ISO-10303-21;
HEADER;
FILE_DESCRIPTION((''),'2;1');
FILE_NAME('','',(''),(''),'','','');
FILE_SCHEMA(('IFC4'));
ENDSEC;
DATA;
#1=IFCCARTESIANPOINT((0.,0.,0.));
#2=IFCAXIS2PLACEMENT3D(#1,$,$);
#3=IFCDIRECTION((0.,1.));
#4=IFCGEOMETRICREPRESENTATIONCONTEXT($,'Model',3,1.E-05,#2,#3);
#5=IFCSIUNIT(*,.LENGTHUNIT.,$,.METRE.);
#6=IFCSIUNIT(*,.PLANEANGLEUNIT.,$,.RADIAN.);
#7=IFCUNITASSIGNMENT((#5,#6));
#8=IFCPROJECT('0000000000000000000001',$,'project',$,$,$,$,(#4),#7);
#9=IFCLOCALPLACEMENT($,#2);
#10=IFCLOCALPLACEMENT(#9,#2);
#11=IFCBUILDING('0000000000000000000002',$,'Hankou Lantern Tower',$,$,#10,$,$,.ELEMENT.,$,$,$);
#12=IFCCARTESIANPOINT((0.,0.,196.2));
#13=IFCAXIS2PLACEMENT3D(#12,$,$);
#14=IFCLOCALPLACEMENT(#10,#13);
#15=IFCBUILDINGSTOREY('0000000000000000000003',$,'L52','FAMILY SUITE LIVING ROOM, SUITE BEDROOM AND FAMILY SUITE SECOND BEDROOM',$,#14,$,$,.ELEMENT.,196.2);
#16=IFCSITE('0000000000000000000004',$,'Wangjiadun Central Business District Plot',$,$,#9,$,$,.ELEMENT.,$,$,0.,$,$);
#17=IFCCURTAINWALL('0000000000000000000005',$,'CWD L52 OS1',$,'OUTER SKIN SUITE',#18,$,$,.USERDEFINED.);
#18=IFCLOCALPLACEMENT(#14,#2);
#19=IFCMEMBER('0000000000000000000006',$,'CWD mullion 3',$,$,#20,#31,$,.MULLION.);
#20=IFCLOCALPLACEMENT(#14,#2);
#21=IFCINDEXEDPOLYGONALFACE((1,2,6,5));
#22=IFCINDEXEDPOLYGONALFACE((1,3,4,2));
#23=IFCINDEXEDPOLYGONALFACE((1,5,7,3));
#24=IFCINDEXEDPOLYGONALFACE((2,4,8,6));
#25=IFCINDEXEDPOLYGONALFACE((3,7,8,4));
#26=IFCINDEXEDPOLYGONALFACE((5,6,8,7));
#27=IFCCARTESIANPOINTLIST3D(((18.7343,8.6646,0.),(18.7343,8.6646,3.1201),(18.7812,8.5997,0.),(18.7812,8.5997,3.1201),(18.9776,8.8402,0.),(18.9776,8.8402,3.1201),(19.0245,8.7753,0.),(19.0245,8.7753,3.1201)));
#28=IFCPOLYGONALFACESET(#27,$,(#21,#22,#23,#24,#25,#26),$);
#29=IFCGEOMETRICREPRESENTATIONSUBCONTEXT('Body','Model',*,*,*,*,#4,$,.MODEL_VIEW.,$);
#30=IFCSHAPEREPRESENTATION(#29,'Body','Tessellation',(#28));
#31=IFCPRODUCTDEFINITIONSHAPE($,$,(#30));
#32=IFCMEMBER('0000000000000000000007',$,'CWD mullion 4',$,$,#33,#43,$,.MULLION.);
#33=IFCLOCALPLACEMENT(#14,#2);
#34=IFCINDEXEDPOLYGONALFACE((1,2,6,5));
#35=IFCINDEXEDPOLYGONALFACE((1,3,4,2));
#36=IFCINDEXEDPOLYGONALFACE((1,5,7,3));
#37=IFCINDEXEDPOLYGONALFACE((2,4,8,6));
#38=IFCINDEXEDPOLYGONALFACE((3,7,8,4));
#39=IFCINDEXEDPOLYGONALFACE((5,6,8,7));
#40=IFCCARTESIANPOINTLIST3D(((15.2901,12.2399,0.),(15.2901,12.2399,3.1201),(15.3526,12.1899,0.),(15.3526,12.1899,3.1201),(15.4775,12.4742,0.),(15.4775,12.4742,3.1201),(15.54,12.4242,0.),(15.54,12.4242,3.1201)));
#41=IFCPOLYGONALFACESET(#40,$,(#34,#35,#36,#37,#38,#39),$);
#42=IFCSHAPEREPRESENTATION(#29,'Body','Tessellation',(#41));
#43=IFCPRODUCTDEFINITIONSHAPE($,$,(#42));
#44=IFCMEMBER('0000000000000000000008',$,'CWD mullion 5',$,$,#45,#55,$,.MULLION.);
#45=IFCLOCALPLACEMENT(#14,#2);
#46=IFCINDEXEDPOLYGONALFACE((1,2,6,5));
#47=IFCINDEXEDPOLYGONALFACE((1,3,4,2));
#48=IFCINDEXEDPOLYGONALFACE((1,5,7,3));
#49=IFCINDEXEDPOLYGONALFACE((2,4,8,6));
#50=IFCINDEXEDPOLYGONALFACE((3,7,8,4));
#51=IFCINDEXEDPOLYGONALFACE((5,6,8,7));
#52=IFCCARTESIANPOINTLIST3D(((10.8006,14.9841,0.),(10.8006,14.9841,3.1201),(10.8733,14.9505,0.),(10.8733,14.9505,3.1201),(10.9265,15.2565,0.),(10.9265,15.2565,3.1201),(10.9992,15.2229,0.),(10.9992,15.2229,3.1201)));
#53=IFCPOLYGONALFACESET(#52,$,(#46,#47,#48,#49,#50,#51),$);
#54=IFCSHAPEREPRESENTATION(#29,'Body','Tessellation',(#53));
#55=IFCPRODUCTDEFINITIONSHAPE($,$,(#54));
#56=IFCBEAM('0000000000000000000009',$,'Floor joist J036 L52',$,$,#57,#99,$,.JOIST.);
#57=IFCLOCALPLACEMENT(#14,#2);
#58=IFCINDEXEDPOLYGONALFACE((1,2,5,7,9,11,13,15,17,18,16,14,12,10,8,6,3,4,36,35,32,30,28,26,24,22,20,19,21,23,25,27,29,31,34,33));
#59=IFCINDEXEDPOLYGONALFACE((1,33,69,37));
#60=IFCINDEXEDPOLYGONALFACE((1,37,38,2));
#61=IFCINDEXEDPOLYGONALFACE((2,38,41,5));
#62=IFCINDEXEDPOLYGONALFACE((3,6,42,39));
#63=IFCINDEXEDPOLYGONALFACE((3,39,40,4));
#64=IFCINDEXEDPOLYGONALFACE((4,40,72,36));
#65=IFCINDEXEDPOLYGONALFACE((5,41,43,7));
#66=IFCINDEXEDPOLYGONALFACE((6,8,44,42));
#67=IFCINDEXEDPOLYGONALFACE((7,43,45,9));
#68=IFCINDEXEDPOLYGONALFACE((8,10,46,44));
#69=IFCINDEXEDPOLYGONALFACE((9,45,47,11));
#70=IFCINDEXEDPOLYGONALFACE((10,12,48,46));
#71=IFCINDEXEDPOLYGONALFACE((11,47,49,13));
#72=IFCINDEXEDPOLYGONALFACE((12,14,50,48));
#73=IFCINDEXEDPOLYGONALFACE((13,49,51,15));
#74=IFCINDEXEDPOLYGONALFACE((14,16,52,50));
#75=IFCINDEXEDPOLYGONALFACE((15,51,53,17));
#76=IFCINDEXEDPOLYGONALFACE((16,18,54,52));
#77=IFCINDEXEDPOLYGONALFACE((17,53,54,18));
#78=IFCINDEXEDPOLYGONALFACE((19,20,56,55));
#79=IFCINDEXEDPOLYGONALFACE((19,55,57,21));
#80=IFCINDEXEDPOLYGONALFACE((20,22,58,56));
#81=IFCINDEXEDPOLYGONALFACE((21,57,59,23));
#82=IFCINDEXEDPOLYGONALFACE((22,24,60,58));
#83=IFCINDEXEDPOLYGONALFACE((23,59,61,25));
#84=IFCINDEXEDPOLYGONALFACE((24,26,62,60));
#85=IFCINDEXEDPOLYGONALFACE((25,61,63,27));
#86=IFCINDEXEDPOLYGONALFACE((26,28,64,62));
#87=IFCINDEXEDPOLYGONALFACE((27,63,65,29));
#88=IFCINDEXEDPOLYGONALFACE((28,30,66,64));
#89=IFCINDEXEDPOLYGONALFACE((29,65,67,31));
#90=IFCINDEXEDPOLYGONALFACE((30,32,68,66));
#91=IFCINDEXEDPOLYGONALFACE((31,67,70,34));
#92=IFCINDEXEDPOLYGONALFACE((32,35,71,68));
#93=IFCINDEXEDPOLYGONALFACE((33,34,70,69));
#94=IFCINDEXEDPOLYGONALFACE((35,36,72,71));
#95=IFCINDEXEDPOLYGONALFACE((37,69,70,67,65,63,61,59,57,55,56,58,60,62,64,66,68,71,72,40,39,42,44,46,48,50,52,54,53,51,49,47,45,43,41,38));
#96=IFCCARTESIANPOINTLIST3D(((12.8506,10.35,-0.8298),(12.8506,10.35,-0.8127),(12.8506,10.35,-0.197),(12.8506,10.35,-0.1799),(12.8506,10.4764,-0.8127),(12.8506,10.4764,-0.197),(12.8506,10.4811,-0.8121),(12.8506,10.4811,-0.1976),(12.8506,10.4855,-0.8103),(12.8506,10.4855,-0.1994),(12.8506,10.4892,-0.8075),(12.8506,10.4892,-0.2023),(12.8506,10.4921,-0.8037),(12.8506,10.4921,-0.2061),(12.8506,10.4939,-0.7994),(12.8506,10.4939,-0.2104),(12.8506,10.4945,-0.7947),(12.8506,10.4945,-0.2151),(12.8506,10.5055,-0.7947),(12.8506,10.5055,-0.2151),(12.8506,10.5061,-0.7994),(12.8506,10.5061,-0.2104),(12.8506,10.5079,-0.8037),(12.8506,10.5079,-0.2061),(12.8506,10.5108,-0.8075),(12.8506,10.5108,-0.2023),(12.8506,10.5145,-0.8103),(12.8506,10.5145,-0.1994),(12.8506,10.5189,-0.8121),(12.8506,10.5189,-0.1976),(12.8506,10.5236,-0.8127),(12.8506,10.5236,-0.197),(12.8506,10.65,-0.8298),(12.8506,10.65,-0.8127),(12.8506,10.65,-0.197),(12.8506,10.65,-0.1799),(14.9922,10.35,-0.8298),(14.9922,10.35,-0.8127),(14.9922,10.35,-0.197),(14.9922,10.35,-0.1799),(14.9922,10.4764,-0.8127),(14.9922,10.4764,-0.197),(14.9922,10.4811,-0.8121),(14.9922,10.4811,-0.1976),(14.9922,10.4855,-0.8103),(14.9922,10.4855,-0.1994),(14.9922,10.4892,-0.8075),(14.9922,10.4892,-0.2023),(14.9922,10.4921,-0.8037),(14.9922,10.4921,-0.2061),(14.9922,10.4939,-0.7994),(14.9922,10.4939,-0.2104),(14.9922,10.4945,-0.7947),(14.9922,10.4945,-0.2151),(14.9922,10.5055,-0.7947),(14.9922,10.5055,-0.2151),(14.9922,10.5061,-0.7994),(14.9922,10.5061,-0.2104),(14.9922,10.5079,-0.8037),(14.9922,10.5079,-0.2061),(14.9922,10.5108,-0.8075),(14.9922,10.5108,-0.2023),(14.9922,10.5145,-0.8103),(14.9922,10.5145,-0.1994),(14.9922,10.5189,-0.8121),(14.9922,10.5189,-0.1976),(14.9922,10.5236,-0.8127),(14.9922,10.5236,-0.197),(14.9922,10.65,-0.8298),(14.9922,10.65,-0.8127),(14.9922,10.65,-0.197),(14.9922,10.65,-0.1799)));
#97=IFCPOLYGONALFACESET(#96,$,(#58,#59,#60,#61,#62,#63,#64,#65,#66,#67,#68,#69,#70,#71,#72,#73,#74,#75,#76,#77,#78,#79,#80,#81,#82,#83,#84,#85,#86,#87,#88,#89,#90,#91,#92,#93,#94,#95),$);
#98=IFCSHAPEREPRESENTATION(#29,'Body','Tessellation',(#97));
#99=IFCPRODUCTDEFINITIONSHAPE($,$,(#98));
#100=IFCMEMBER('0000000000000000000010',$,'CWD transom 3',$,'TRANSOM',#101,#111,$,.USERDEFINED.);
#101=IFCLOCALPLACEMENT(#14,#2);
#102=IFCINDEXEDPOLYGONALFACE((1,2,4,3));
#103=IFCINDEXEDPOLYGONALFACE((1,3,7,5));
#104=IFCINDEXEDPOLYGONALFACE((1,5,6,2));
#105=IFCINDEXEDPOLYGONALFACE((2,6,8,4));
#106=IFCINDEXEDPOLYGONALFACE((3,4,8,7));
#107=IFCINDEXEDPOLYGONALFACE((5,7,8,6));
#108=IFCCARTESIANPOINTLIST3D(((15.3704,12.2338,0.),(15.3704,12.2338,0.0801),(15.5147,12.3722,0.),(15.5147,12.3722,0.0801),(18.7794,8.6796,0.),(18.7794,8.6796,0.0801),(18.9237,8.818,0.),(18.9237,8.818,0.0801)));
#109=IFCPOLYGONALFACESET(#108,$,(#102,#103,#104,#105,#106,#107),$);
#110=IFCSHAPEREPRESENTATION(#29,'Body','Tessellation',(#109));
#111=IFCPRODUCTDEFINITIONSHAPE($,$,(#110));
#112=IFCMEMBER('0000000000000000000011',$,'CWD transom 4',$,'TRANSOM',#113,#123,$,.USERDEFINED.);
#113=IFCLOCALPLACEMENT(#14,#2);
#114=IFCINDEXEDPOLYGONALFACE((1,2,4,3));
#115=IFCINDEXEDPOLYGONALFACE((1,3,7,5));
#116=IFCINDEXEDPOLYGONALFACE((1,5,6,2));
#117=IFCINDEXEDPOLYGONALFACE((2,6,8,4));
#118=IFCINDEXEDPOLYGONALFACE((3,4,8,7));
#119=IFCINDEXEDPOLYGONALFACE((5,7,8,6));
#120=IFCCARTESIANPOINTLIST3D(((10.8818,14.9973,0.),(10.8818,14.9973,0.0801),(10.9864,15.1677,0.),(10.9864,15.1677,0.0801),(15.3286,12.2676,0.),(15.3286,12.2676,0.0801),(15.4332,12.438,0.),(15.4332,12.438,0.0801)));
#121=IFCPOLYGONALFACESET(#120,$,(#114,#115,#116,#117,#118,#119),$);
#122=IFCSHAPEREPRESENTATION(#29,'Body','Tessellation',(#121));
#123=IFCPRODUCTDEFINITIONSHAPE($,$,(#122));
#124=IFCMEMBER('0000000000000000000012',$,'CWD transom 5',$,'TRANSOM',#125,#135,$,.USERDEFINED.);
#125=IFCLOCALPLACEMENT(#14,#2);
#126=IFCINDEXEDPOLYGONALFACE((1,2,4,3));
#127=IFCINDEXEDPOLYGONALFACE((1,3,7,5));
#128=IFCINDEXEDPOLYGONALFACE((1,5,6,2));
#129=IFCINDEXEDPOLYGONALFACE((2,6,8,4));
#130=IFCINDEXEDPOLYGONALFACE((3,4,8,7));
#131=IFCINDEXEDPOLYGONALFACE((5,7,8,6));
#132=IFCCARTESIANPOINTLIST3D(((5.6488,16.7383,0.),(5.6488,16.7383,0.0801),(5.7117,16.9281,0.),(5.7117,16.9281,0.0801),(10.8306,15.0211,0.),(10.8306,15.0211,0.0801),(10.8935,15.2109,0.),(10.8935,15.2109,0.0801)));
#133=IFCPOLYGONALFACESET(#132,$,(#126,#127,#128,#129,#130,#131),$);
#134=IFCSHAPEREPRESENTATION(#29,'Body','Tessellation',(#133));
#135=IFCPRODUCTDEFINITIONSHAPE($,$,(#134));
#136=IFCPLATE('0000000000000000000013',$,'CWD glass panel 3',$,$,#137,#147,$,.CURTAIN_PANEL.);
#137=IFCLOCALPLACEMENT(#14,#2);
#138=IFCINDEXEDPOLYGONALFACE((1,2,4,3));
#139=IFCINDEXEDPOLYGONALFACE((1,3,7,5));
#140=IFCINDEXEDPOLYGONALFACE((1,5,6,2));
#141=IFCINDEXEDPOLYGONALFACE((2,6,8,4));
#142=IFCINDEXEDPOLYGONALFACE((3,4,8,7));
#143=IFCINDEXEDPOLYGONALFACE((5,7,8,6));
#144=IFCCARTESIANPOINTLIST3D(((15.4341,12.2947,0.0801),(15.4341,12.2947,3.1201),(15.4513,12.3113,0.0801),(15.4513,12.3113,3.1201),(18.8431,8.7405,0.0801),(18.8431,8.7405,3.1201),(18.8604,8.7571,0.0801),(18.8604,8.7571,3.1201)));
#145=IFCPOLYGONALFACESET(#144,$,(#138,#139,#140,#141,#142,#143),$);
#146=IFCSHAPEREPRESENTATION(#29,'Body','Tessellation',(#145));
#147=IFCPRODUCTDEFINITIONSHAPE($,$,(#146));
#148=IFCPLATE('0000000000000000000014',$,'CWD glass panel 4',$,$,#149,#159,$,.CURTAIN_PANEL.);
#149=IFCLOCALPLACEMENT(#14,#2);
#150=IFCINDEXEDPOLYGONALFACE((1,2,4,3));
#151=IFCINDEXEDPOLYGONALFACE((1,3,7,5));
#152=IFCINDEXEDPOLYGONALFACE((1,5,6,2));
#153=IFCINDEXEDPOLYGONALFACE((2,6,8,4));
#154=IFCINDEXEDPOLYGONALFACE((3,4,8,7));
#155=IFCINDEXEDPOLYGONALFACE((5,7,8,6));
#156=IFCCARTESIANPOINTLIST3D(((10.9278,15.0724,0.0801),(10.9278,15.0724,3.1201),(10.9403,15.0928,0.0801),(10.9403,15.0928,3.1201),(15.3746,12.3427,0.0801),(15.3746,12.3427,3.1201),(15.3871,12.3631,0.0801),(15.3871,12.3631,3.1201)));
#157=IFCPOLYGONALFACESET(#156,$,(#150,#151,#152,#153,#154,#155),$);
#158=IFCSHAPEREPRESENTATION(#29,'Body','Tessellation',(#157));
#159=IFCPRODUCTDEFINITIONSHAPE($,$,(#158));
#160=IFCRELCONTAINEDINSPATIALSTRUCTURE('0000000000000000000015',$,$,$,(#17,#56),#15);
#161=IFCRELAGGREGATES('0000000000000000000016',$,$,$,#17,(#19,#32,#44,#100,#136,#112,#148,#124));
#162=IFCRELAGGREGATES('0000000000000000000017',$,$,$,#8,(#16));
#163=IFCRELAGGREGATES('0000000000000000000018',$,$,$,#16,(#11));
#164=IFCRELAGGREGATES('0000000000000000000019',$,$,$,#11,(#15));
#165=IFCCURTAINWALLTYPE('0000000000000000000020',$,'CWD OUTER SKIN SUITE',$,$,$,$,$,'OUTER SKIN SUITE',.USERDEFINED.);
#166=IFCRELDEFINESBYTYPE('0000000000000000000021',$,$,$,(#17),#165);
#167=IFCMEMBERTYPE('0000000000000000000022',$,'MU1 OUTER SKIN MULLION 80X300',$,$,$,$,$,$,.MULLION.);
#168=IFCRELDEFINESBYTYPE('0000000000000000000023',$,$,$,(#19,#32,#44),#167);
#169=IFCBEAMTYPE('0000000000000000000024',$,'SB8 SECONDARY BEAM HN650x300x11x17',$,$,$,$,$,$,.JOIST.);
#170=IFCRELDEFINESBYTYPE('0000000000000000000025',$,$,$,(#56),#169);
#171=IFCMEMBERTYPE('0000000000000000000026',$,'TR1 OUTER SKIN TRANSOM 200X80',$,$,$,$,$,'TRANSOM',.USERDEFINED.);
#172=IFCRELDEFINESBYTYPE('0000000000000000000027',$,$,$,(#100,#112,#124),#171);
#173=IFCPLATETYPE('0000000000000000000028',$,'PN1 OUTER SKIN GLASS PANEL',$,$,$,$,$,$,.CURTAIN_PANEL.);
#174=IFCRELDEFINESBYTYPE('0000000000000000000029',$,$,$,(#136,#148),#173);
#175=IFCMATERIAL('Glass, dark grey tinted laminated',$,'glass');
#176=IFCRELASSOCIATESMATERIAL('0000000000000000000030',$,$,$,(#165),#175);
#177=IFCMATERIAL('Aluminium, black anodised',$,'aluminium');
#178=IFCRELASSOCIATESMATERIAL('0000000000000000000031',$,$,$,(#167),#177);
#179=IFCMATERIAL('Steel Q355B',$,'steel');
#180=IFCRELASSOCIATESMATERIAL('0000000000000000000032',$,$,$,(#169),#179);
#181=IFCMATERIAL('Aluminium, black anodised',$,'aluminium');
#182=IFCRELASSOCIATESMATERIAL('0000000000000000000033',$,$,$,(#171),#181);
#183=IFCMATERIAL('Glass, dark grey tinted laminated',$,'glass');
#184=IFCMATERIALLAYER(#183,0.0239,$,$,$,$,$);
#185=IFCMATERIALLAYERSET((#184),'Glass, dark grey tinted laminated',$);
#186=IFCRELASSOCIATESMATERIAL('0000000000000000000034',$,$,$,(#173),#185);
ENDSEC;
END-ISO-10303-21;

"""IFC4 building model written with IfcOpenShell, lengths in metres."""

from ifc_helpers import new_model, si_unit, direction, frame, origin, origin_2d, place, context, subcontext, project, spatial, rectangle, i_section, extrude, material, layer, layer_set, material_profile, profile_set, type_object, element, aggregate, save


model = new_model("IFC4")

# Units and contexts
model_context = context("Model", 3, precision=1e-05, world=origin(), true_north=direction((0.0, 1.0)))
body_context = subcontext(model_context, "Body", "Model", "MODEL_VIEW")
ifc_project = project(units=[si_unit("LENGTHUNIT", "METRE"), si_unit("PLANEANGLEUNIT", "RADIAN")], contexts=[model_context])

# Site, building, storey
site_placement = place(None, origin())
site = spatial("IfcSite", under=ifc_project, at=site_placement, Name="Wangjiadun Central Business District Plot", CompositionType="ELEMENT", RefElevation=0.0)
building_placement = place(site_placement, origin())
building = spatial("IfcBuilding", under=site, at=building_placement, Name="Hankou Lantern Tower", CompositionType="ELEMENT")
storey_placement = place(building_placement, frame((0.0, 0.0, 196.2)))
storey = spatial("IfcBuildingStorey", under=building, at=storey_placement, Name="L52", Description="FAMILY SUITE LIVING ROOM, SUITE BEDROOM AND FAMILY SUITE SECOND BEDROOM", CompositionType="ELEMENT", Elevation=196.2)

# Curtain wall, members
ifc_material_1 = material(Name="Glass, dark grey tinted laminated", Category="glass")
curtain_wall_type = type_object("IfcCurtainWallType", Name="CWD OUTER SKIN SUITE", ElementType="OUTER SKIN SUITE", PredefinedType="USERDEFINED", material=ifc_material_1)
curtain_wall_placement = place(storey_placement, origin())
curtain_wall = element("IfcCurtainWall", 1, at=curtain_wall_placement, inside=storey, type_object=curtain_wall_type, Name="CWD L52 OS1", ObjectType="OUTER SKIN SUITE", PredefinedType="USERDEFINED")
ifc_material_2 = material(Name="Aluminium, black anodised", Category="aluminium")
ifc_material_profile_1 = material_profile(ifc_material_2, rectangle(XDim=0.0801, YDim=0.3, at=origin_2d()), Name="MU1 80X300")
ifc_profile_set_1 = profile_set([ifc_material_profile_1], Name="Aluminium, black anodised")
member_type_1 = type_object("IfcMemberType", Name="MU1 OUTER SKIN MULLION 80X300", PredefinedType="MULLION", material=ifc_profile_set_1)
member_1_placement = place(storey_placement, frame((18.8794, 8.72, 0.0), z_axis=(0.0, 0.0, 1.0), x_axis=(-0.585206, 0.810885, 0.0)))
member_1 = element("IfcMember", 2, at=member_1_placement, type_object=member_type_1, Name="CWD mullion 3", PredefinedType="MULLION", context=body_context, shape_type="SweptSolid", body=[
    extrude(rectangle(XDim=0.0801, YDim=0.3, at=origin_2d()), origin(), (0.0, 0.0, 1.0), 3.1201),
])
member_2_placement = place(storey_placement, frame((15.415, 12.332, 0.0), z_axis=(0.0, 0.0, 1.0), x_axis=(-0.780869, 0.624695, 0.0)))
member_2 = element("IfcMember", 3, at=member_2_placement, type_object=member_type_1, Name="CWD mullion 4", PredefinedType="MULLION", context=body_context, shape_type="SweptSolid", body=[
    extrude(rectangle(XDim=0.0801, YDim=0.3, at=origin_2d()), origin(), (0.0, 0.0, 1.0), 3.1201),
])
member_3_placement = place(storey_placement, frame((10.8999, 15.1035, 0.0), z_axis=(0.0, 0.0, 1.0), x_axis=(-0.907841, 0.419314, 0.0)))
member_3 = element("IfcMember", 4, at=member_3_placement, type_object=member_type_1, Name="CWD mullion 5", PredefinedType="MULLION", context=body_context, shape_type="SweptSolid", body=[
    extrude(rectangle(XDim=0.0801, YDim=0.3, at=origin_2d()), origin(), (0.0, 0.0, 1.0), 3.1201),
])

# Beam
ifc_material_3 = material(Name="Steel Q355B", Category="steel")
ifc_material_profile_2 = material_profile(ifc_material_3, i_section(OverallWidth=0.3, OverallDepth=0.6499, WebThickness=0.011, FlangeThickness=0.0171, FilletRadius=0.0181, at=origin_2d()), Name="HN650x300x11x17")
ifc_profile_set_2 = profile_set([ifc_material_profile_2], Name="Steel Q355B")
beam_type_1 = type_object("IfcBeamType", Name="SB8 SECONDARY BEAM HN650x300x11x17", PredefinedType="JOIST", material=ifc_profile_set_2)
beam_1_placement = place(storey_placement, frame((12.8506, 10.5, -0.5049), z_axis=(1.0, 0.0, 0.0), x_axis=(0.0, 1.0, 0.0)))
element("IfcBeam", 5, at=beam_1_placement, inside=storey, type_object=beam_type_1, Name="Floor joist J036 L52", PredefinedType="JOIST", context=body_context, shape_type="SweptSolid", body=[
    extrude(i_section(OverallWidth=0.3, OverallDepth=0.6499, WebThickness=0.011, FlangeThickness=0.0171, FilletRadius=0.0181, at=origin_2d()), origin(), (0.0, 0.0, 1.0), 2.1416),
])

# Members
ifc_material_4 = material(Name="Aluminium, black anodised", Category="aluminium")
ifc_material_profile_3 = material_profile(ifc_material_4, rectangle(XDim=0.2, YDim=0.0801, at=origin_2d()), Name="TR1 200X80")
ifc_profile_set_3 = profile_set([ifc_material_profile_3], Name="Aluminium, black anodised")
member_type_2 = type_object("IfcMemberType", Name="TR1 OUTER SKIN TRANSOM 200X80", ElementType="TRANSOM", PredefinedType="USERDEFINED", material=ifc_profile_set_3)
member_4_placement = place(storey_placement, frame((18.8516, 8.7488, 0.04), z_axis=(-0.692205, 0.721701, 0.0), x_axis=(-0.721701, -0.692205, 0.0)))
member_4 = element("IfcMember", 6, at=member_4_placement, type_object=member_type_2, Name="CWD transom 3", ObjectType="TRANSOM", PredefinedType="USERDEFINED", context=body_context, shape_type="SweptSolid", body=[
    extrude(rectangle(XDim=0.2, YDim=0.0801, at=origin_2d()), origin(), (0.0, 0.0, 1.0), 4.9248),
])
member_5_placement = place(storey_placement, frame((15.3809, 12.3528, 0.04), z_axis=(-0.852235, 0.52316, 0.0), x_axis=(-0.52316, -0.852235, 0.0)))
member_5 = element("IfcMember", 7, at=member_5_placement, type_object=member_type_2, Name="CWD transom 4", ObjectType="TRANSOM", PredefinedType="USERDEFINED", context=body_context, shape_type="SweptSolid", body=[
    extrude(rectangle(XDim=0.2, YDim=0.0801, at=origin_2d()), origin(), (0.0, 0.0, 1.0), 5.2178),
])
member_6_placement = place(storey_placement, frame((10.8621, 15.116, 0.04), z_axis=(-0.949232, 0.314577, 0.0), x_axis=(-0.314577, -0.949232, 0.0)))
member_6 = element("IfcMember", 8, at=member_6_placement, type_object=member_type_2, Name="CWD transom 5", ObjectType="TRANSOM", PredefinedType="USERDEFINED", context=body_context, shape_type="SweptSolid", body=[
    extrude(rectangle(XDim=0.2, YDim=0.0801, at=origin_2d()), origin(), (0.0, 0.0, 1.0), 5.459),
])

# Plates
ifc_material_5 = material(Name="Glass, dark grey tinted laminated", Category="glass")
ifc_layer_1 = layer(ifc_material_5, 0.0239)
ifc_layer_set_1 = layer_set([ifc_layer_1], Name="Glass, dark grey tinted laminated")
plate_type = type_object("IfcPlateType", Name="PN1 OUTER SKIN GLASS PANEL", PredefinedType="CURTAIN_PANEL", material=ifc_layer_set_1)
plate_1_placement = place(storey_placement, frame((17.1472, 10.5259, 0.0801), z_axis=(0.0, 0.0, 1.0), x_axis=(-0.692216, 0.721691, 0.0)))
plate_1 = element("IfcPlate", 9, at=plate_1_placement, type_object=plate_type, Name="CWD glass panel 3", PredefinedType="CURTAIN_PANEL", context=body_context, shape_type="SweptSolid", body=[
    extrude(rectangle(XDim=4.9248, YDim=0.0239, at=origin_2d()), origin(), (0.0, 0.0, 1.0), 3.04),
])
plate_2_placement = place(storey_placement, frame((13.1575, 13.7178, 0.0801), z_axis=(0.0, 0.0, 1.0), x_axis=(-0.852237, 0.523156, 0.0)))
plate_2 = element("IfcPlate", 10, at=plate_2_placement, type_object=plate_type, Name="CWD glass panel 4", PredefinedType="CURTAIN_PANEL", context=body_context, shape_type="SweptSolid", body=[
    extrude(rectangle(XDim=5.2178, YDim=0.0239, at=origin_2d()), origin(), (0.0, 0.0, 1.0), 3.04),
])
aggregate(curtain_wall, [member_1, member_2, member_3, member_4, plate_1, member_5, plate_2, member_6])

save(model, "model.ifc")
